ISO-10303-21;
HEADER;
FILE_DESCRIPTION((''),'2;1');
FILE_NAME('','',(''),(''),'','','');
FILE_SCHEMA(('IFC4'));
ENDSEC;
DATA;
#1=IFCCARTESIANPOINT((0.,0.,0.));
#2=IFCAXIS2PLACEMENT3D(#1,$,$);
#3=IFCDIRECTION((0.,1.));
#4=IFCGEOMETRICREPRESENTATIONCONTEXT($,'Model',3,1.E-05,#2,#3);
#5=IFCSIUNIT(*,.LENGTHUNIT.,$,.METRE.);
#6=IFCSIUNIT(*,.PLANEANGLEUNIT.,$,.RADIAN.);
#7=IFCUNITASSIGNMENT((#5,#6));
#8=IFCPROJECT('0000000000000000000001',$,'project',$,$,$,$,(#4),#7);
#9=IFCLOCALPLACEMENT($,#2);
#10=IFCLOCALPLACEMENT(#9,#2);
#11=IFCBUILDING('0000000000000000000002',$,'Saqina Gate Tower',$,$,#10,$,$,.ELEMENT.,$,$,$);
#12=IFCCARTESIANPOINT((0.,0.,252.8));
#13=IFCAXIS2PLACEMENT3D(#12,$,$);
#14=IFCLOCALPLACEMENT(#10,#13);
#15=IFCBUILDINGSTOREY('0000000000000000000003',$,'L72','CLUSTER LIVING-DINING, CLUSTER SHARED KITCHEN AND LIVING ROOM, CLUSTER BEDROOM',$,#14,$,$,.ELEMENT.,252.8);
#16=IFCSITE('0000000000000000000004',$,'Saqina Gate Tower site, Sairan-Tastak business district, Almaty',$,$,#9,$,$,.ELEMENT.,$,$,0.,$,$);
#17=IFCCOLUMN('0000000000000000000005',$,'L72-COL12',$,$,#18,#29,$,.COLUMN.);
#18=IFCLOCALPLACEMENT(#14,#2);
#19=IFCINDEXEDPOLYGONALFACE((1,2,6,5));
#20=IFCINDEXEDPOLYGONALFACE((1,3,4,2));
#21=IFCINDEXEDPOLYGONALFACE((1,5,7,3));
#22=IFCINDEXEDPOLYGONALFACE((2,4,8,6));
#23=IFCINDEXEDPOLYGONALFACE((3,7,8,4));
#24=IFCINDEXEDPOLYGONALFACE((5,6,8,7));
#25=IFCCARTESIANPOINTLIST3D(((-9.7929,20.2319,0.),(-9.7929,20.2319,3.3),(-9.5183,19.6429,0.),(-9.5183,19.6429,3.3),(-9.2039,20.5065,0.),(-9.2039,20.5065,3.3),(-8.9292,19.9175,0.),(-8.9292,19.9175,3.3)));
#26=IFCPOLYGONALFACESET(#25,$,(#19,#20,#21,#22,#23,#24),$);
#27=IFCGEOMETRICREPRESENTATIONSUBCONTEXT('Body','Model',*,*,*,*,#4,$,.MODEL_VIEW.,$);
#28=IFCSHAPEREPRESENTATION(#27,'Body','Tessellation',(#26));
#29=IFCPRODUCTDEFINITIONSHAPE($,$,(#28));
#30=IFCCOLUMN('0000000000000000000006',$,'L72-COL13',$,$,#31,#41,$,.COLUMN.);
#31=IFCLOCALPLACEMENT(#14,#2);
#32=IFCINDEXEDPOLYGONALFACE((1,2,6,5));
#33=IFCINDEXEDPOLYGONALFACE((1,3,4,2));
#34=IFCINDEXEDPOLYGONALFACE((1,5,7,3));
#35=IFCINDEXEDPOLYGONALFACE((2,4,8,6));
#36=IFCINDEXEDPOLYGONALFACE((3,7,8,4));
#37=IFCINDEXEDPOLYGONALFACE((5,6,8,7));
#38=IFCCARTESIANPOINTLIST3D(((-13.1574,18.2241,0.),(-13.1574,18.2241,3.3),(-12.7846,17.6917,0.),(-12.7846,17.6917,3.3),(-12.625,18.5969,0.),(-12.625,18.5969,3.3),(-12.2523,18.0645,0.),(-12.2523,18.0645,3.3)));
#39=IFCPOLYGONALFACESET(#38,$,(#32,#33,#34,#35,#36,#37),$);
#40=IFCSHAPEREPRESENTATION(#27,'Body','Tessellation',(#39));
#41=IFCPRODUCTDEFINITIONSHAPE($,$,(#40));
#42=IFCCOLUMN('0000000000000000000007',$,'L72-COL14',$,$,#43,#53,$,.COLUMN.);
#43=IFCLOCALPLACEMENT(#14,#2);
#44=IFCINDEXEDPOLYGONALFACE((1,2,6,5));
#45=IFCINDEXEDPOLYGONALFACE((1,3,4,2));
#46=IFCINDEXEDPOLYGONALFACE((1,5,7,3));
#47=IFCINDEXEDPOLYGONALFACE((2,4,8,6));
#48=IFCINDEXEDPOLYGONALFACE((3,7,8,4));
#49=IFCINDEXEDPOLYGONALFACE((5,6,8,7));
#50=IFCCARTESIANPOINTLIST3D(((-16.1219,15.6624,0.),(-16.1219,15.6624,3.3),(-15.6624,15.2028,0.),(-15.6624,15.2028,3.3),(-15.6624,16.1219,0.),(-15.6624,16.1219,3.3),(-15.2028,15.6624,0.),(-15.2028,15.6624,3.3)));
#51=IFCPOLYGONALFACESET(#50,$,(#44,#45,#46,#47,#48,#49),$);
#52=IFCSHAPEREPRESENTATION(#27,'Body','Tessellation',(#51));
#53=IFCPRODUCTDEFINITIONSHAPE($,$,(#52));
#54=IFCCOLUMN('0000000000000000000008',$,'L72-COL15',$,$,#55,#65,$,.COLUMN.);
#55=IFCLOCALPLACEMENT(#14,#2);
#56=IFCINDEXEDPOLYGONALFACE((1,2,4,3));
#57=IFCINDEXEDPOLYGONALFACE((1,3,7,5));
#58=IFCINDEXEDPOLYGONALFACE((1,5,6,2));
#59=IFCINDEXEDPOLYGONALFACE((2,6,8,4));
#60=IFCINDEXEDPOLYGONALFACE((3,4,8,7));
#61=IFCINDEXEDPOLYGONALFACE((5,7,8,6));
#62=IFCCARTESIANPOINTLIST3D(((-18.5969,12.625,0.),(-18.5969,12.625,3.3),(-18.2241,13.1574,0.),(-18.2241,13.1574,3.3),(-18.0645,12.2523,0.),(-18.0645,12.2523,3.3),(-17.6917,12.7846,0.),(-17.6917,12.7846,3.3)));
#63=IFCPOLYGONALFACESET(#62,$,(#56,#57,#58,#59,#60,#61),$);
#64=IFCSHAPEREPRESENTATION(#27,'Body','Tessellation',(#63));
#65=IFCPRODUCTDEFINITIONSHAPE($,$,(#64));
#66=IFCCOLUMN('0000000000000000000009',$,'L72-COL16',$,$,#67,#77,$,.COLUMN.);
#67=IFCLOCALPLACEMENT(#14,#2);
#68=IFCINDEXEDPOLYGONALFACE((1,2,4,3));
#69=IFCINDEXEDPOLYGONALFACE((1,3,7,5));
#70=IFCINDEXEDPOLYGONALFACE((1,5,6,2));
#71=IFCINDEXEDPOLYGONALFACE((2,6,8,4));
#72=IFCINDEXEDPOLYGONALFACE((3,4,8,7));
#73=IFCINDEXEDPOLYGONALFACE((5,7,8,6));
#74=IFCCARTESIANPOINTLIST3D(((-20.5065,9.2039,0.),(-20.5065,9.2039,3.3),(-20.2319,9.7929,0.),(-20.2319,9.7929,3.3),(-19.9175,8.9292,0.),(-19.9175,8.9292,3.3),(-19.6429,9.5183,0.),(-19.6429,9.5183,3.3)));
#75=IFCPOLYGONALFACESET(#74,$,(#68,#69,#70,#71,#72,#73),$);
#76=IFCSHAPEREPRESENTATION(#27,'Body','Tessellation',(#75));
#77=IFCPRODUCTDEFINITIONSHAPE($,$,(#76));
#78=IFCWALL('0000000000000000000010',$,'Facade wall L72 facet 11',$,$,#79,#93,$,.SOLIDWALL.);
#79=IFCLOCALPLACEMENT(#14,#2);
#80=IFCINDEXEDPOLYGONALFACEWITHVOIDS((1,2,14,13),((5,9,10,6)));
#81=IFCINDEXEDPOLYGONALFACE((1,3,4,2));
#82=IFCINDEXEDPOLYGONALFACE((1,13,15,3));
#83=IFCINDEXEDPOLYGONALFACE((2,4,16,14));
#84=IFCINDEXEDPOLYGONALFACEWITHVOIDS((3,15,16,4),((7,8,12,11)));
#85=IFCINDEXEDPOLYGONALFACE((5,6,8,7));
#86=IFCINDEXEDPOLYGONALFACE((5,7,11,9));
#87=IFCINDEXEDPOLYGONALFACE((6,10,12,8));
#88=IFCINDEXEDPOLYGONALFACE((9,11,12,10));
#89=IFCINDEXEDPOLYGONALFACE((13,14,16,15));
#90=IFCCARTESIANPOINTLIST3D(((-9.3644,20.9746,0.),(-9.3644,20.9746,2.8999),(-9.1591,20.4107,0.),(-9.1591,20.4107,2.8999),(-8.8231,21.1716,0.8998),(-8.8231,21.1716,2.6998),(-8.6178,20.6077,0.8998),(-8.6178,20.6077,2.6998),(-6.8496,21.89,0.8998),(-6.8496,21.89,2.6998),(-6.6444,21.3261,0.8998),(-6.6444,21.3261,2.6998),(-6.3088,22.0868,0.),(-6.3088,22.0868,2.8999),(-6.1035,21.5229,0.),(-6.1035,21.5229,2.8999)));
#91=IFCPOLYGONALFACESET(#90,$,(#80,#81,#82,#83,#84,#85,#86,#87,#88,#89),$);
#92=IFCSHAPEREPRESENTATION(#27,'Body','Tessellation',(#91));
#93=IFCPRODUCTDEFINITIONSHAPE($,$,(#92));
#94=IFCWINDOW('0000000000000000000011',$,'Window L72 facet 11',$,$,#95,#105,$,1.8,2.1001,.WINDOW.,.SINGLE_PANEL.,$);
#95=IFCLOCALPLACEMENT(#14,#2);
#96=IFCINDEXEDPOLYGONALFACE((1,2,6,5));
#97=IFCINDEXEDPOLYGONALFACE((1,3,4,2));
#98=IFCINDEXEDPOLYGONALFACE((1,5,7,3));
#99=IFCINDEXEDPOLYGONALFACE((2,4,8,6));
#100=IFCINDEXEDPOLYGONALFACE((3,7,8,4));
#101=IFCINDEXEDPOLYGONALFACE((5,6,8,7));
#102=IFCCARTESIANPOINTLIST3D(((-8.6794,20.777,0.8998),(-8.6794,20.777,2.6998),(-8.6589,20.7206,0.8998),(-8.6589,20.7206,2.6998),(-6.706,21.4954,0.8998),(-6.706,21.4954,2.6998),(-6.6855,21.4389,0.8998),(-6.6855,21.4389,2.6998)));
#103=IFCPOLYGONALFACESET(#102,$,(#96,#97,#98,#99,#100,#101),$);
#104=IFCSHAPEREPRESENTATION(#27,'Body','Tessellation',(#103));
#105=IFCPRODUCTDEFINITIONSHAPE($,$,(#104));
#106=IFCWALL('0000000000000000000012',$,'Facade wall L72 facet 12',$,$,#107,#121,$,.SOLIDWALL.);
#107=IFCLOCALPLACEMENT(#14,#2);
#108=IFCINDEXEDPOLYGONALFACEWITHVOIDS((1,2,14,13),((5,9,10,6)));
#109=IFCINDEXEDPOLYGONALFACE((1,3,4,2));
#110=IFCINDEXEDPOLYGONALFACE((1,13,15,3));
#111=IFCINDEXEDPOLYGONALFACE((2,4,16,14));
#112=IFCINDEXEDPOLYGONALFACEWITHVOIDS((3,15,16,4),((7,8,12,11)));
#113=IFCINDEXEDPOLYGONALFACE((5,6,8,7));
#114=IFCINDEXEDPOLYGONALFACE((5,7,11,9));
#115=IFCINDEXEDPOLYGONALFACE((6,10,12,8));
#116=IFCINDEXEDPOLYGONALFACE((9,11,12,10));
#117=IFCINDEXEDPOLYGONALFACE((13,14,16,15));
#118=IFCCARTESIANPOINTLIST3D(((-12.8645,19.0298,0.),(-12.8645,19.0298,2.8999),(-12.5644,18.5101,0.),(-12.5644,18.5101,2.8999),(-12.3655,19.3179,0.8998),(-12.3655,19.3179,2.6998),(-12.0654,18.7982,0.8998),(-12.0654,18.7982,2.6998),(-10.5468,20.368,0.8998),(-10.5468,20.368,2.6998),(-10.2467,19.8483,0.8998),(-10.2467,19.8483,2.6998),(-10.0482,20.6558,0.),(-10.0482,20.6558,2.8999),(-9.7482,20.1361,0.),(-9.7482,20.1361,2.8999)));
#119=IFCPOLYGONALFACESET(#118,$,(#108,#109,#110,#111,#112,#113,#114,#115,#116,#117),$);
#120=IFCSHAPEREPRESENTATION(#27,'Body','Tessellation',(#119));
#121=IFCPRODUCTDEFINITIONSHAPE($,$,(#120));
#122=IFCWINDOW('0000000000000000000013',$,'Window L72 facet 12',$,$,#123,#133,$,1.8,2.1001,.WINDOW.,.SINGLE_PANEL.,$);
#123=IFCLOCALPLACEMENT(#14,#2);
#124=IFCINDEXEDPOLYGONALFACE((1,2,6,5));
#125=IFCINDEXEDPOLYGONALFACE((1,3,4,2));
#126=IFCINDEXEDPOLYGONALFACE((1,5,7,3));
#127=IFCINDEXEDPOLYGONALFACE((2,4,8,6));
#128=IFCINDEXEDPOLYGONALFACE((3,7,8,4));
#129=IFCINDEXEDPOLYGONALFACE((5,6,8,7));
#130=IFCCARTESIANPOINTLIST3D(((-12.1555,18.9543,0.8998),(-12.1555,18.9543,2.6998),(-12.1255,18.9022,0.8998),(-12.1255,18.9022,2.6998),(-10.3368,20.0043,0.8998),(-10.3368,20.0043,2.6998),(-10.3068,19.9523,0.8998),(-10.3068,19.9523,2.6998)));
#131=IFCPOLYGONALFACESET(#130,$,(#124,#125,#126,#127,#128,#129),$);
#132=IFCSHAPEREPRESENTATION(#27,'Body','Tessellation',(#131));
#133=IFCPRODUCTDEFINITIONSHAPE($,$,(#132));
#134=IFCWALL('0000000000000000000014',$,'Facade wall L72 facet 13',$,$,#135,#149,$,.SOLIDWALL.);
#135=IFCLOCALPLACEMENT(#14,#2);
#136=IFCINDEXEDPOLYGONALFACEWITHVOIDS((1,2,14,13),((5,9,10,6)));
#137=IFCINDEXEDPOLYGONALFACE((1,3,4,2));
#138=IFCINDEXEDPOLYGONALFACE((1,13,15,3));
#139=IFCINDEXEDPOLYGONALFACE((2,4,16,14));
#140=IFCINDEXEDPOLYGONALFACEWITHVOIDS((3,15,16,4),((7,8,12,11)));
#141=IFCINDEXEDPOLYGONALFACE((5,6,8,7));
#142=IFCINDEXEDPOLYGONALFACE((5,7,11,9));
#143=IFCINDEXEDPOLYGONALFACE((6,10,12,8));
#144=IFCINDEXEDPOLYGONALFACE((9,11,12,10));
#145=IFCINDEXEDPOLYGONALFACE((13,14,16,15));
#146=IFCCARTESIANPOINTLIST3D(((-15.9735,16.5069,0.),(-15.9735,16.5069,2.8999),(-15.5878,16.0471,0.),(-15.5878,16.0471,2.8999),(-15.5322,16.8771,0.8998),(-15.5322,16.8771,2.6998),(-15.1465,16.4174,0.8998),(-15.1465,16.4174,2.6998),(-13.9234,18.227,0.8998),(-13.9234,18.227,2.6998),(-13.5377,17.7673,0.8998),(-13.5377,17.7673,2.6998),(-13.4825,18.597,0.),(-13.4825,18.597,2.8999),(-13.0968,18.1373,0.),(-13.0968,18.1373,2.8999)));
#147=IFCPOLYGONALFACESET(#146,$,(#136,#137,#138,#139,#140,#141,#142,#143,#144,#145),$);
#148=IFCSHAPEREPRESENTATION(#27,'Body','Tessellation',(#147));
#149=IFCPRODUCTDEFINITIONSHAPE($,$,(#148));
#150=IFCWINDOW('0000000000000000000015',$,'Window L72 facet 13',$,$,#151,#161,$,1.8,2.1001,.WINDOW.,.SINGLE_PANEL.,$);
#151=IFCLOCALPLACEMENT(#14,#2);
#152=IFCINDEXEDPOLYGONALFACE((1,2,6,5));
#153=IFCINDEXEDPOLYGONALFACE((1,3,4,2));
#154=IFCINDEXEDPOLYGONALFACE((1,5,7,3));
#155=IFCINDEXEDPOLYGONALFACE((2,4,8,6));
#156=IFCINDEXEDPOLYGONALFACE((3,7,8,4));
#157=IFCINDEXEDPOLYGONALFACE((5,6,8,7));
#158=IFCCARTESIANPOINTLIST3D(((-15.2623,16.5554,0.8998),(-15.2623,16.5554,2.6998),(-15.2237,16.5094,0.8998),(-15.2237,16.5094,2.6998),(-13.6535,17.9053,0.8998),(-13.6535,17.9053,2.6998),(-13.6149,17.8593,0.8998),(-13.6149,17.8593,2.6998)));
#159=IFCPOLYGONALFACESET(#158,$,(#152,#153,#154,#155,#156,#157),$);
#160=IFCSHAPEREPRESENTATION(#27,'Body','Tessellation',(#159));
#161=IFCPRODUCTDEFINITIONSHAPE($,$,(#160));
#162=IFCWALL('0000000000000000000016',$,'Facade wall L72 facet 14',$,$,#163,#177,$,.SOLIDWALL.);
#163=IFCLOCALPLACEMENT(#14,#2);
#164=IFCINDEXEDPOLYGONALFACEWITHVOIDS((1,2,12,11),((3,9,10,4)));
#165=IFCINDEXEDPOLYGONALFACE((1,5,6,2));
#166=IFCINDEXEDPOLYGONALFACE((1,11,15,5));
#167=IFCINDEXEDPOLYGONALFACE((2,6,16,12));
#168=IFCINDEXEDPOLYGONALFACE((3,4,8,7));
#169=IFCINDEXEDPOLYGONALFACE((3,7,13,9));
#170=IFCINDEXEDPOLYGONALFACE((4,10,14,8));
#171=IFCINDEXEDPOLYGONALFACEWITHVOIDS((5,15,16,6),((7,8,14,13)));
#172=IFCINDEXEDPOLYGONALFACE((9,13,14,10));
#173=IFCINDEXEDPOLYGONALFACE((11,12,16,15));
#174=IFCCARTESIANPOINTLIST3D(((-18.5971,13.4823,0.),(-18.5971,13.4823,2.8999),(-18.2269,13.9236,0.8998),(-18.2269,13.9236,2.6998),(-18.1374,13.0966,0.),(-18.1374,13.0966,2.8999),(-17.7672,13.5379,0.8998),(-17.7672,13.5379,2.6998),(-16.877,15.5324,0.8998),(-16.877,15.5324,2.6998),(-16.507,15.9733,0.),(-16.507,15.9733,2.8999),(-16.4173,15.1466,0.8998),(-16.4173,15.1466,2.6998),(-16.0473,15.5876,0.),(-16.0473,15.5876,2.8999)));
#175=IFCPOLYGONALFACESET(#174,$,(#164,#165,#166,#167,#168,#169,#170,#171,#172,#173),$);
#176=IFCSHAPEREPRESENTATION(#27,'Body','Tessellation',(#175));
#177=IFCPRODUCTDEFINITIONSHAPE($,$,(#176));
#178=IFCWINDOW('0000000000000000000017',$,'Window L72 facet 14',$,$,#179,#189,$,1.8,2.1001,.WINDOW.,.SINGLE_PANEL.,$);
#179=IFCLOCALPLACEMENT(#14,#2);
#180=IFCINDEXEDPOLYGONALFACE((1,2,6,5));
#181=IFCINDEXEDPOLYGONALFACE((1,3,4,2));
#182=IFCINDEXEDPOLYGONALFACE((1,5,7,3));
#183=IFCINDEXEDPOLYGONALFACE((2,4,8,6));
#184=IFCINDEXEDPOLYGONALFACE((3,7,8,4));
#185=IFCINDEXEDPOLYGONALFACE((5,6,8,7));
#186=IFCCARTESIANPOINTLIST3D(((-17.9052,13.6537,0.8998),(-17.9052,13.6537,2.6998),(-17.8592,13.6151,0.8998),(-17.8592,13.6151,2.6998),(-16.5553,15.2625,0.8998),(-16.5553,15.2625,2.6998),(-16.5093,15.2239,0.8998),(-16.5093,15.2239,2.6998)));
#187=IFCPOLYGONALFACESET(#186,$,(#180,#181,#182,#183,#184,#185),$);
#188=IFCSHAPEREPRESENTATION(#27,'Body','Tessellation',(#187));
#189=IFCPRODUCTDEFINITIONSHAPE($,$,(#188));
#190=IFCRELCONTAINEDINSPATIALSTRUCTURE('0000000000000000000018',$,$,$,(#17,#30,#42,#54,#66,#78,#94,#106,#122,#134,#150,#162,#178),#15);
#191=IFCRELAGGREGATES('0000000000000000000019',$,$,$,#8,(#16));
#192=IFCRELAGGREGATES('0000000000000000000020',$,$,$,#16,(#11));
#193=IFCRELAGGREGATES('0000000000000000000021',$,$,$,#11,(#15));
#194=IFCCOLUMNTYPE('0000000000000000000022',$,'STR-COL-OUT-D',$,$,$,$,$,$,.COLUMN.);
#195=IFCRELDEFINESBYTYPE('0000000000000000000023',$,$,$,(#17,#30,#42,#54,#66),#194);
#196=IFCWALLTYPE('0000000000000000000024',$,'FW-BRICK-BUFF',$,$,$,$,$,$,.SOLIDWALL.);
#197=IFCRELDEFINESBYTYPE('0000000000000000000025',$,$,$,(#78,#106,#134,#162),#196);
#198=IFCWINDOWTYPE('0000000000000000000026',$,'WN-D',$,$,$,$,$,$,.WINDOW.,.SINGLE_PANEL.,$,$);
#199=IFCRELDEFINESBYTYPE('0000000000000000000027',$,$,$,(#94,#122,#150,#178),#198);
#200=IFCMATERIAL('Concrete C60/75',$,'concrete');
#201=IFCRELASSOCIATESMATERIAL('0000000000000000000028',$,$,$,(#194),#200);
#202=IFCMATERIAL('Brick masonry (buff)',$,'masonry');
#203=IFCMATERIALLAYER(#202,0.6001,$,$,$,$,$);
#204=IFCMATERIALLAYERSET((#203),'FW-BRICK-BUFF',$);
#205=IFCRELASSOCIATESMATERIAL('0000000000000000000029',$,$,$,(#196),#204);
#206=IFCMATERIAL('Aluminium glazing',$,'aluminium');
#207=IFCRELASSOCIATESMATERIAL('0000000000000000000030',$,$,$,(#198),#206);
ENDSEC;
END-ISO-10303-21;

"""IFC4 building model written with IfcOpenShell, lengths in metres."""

from ifc_helpers import new_model, si_unit, direction, frame, frame_2d, origin, origin_2d, place, context, subcontext, project, spatial, rectangle, extrude, material, layer, layer_set, material_profile, profile_set, type_object, element, fill, save


model = new_model("IFC4")

# Units and contexts
model_context = context("Model", 3, precision=1e-05, world=origin(), true_north=direction((0.0, 1.0)))
body_context = subcontext(model_context, "Body", "Model", "MODEL_VIEW")
ifc_project = project(units=[si_unit("LENGTHUNIT", "METRE"), si_unit("PLANEANGLEUNIT", "RADIAN")], contexts=[model_context])

# Site, building, storey
site_placement = place(None, origin())
site = spatial("IfcSite", under=ifc_project, at=site_placement, Name="Saqina Gate Tower site, Sairan-Tastak business district, Almaty", CompositionType="ELEMENT", RefElevation=0.0)
building_placement = place(site_placement, origin())
building = spatial("IfcBuilding", under=site, at=building_placement, Name="Saqina Gate Tower", CompositionType="ELEMENT")
storey_placement = place(building_placement, frame((0.0, 0.0, 252.8)))
storey = spatial("IfcBuildingStorey", under=building, at=storey_placement, Name="L72", Description="CLUSTER LIVING-DINING, CLUSTER SHARED KITCHEN AND LIVING ROOM, CLUSTER BEDROOM", CompositionType="ELEMENT", Elevation=252.8)

# Columns
ifc_material_1 = material(Name="Concrete C60/75", Category="concrete")
ifc_material_profile = material_profile(ifc_material_1, rectangle(XDim=0.6499, YDim=0.6499, at=origin_2d()), Name="RC 650x650")
ifc_profile_set = profile_set([ifc_material_profile], Name="Concrete C60/75")
column_type = type_object("IfcColumnType", Name="STR-COL-OUT-D", PredefinedType="COLUMN", material=ifc_profile_set)
for number, where, z_axis, x_axis, name in (
    (1, (-9.3611, 20.0747, 0.0), (0.0, 0.0, 1.0), (-0.422618, 0.906308, 0.0), "L72-COL12"),
    (2, (-12.7048, 18.1443, 0.0), (0.0, 0.0, 1.0), (-0.573576, 0.819152, 0.0), "L72-COL13"),
    (3, (-15.6624, 15.6624, 0.0), (0.0, 0.0, 1.0), (-0.707107, 0.707107, 0.0), "L72-COL14"),
    (4, (-18.1443, 12.7048, 0.0), (0.0, 0.0, 1.0), (-0.819152, 0.573576, 0.0), "L72-COL15"),
    (5, (-20.0747, 9.3611, 0.0), (0.0, 0.0, 1.0), (-0.906308, 0.422618, 0.0), "L72-COL16"),
):
    element("IfcColumn", number, at=place(storey_placement, frame(where, z_axis=z_axis, x_axis=x_axis)), inside=storey, type_object=column_type, Name=name, PredefinedType="COLUMN", context=body_context, shape_type="SweptSolid", body=[
        extrude(rectangle(XDim=0.6499, YDim=0.6499, at=origin_2d()), origin(), (0.0, 0.0, 1.0), 3.3),
    ])

# Walls, openings, windows
ifc_material_2 = material(Name="Brick masonry (buff)", Category="masonry")
ifc_layer_1 = layer(ifc_material_2, 0.6001)
ifc_layer_set_1 = layer_set([ifc_layer_1], Name="FW-BRICK-BUFF")
wall_type_1 = type_object("IfcWallType", Name="FW-BRICK-BUFF", PredefinedType="SOLIDWALL", material=ifc_layer_set_1)
wall_1_placement = place(storey_placement, frame((-6.2061, 21.8049, 0.0), z_axis=(0.0, 0.0, 1.0), x_axis=(-0.939679, -0.342057, 0.0)))
wall_1 = element("IfcWall", 6, at=wall_1_placement, inside=storey, type_object=wall_type_1, Name="Facade wall L72 facet 11", PredefinedType="SOLIDWALL", context=body_context, shape_type="SweptSolid", body=[
    extrude(rectangle(XDim=3.2517, YDim=0.6001, at=frame_2d((1.626, 0.0))), origin(), (0.0, 0.0, 1.0), 2.8999),
])
opening_1_placement = place(wall_1_placement, frame((0.5757, 0.0, 0.8999)))
opening_1 = element("IfcOpeningElement", 7, at=opening_1_placement, cuts=wall_1, PredefinedType="OPENING", context=body_context, shape_type="SweptSolid", body=[
    extrude(rectangle(XDim=2.1001, YDim=1.8, at=frame_2d((1.05, 0.8999))), frame((0.0, 0.312, 0.0), z_axis=(0.0, -1.0, 0.0), x_axis=(1.0, 0.0, 0.0)), (0.0, 0.0, 1.0), 0.624),
])
ifc_material_3 = material(Name="Aluminium glazing", Category="aluminium")
window_type = type_object("IfcWindowType", Name="WN-D", PartitioningType="SINGLE_PANEL", PredefinedType="WINDOW", material=ifc_material_3)
window_1_placement = place(opening_1_placement, origin())
window_1 = element("IfcWindow", 8, at=window_1_placement, inside=storey, type_object=window_type, Name="Window L72 facet 11", OverallHeight=1.8, OverallWidth=2.1001, PartitioningType="SINGLE_PANEL", PredefinedType="WINDOW", context=body_context, shape_type="SweptSolid", body=[
    extrude(rectangle(XDim=2.1001, YDim=1.8, at=frame_2d((1.05, 0.8999))), frame((0.0, 0.1799, 0.0), z_axis=(0.0, -1.0, 0.0), x_axis=(1.0, 0.0, 0.0)), (0.0, 0.0, 1.0), 0.0601),
])
fill(opening_1, window_1)
wall_2_placement = place(storey_placement, frame((-9.8982, 20.396, 0.0), z_axis=(0.0, 0.0, 1.0), x_axis=(-0.866017, -0.500015, 0.0)))
wall_2 = element("IfcWall", 9, at=wall_2_placement, inside=storey, type_object=wall_type_1, Name="Facade wall L72 facet 12", PredefinedType="SOLIDWALL", context=body_context, shape_type="SweptSolid", body=[
    extrude(rectangle(XDim=3.252, YDim=0.6001, at=frame_2d((1.626, 0.0))), origin(), (0.0, 0.0, 1.0), 2.8999),
])
opening_2_placement = place(wall_2_placement, frame((0.5757, 0.0, 0.8999)))
opening_2 = element("IfcOpeningElement", 10, at=opening_2_placement, cuts=wall_2, PredefinedType="OPENING", context=body_context, shape_type="SweptSolid", body=[
    extrude(rectangle(XDim=2.1001, YDim=1.8, at=frame_2d((1.05, 0.8999))), frame((0.0, 0.312, 0.0), z_axis=(0.0, -1.0, 0.0), x_axis=(1.0, 0.0, 0.0)), (0.0, 0.0, 1.0), 0.624),
])
window_2_placement = place(opening_2_placement, origin())
window_2 = element("IfcWindow", 11, at=window_2_placement, inside=storey, type_object=window_type, Name="Window L72 facet 12", OverallHeight=1.8, OverallWidth=2.1001, PartitioningType="SINGLE_PANEL", PredefinedType="WINDOW", context=body_context, shape_type="SweptSolid", body=[
    extrude(rectangle(XDim=2.1001, YDim=1.8, at=frame_2d((1.05, 0.8999))), frame((0.0, 0.1799, 0.0), z_axis=(0.0, -1.0, 0.0), x_axis=(1.0, 0.0, 0.0)), (0.0, 0.0, 1.0), 0.0601),
])
fill(opening_2, window_2)
wall_3_placement = place(storey_placement, frame((-13.2896, 18.3672, 0.0), z_axis=(0.0, 0.0, 1.0), x_axis=(-0.766057, -0.642773, 0.0)))
wall_3 = element("IfcWall", 12, at=wall_3_placement, inside=storey, type_object=wall_type_1, Name="Facade wall L72 facet 13", PredefinedType="SOLIDWALL", context=body_context, shape_type="SweptSolid", body=[
    extrude(rectangle(XDim=3.2517, YDim=0.6001, at=frame_2d((1.626, 0.0))), origin(), (0.0, 0.0, 1.0), 2.8999),
])
opening_3_placement = place(wall_3_placement, frame((0.5757, 0.0, 0.8999)))
opening_3 = element("IfcOpeningElement", 13, at=opening_3_placement, cuts=wall_3, PredefinedType="OPENING", context=body_context, shape_type="SweptSolid", body=[
    extrude(rectangle(XDim=2.1001, YDim=1.8, at=frame_2d((1.05, 0.8999))), frame((0.0, 0.312, 0.0), z_axis=(0.0, -1.0, 0.0), x_axis=(1.0, 0.0, 0.0)), (0.0, 0.0, 1.0), 0.624),
])
window_3_placement = place(opening_3_placement, origin())
window_3 = element("IfcWindow", 14, at=window_3_placement, inside=storey, type_object=window_type, Name="Window L72 facet 13", OverallHeight=1.8, OverallWidth=2.1001, PartitioningType="SINGLE_PANEL", PredefinedType="WINDOW", context=body_context, shape_type="SweptSolid", body=[
    extrude(rectangle(XDim=2.1001, YDim=1.8, at=frame_2d((1.05, 0.8999))), frame((0.0, 0.1799, 0.0), z_axis=(0.0, -1.0, 0.0), x_axis=(1.0, 0.0, 0.0)), (0.0, 0.0, 1.0), 0.0601),
])
fill(opening_3, window_3)
wall_4_placement = place(storey_placement, frame((-16.2771, 15.7805, 0.0), z_axis=(0.0, 0.0, 1.0), x_axis=(-0.642773, -0.766057, 0.0)))
wall_4 = element("IfcWall", 15, at=wall_4_placement, inside=storey, type_object=wall_type_1, Name="Facade wall L72 facet 14", PredefinedType="SOLIDWALL", context=body_context, shape_type="SweptSolid", body=[
    extrude(rectangle(XDim=3.2517, YDim=0.6001, at=frame_2d((1.626, 0.0))), origin(), (0.0, 0.0, 1.0), 2.8999),
])
opening_4_placement = place(wall_4_placement, frame((0.5757, 0.0, 0.8999)))
opening_4 = element("IfcOpeningElement", 16, at=opening_4_placement, cuts=wall_4, PredefinedType="OPENING", context=body_context, shape_type="SweptSolid", body=[
    extrude(rectangle(XDim=2.1001, YDim=1.8, at=frame_2d((1.05, 0.8999))), frame((0.0, 0.312, 0.0), z_axis=(0.0, -1.0, 0.0), x_axis=(1.0, 0.0, 0.0)), (0.0, 0.0, 1.0), 0.624),
])
window_4_placement = place(opening_4_placement, origin())
window_4 = element("IfcWindow", 17, at=window_4_placement, inside=storey, type_object=window_type, Name="Window L72 facet 14", OverallHeight=1.8, OverallWidth=2.1001, PartitioningType="SINGLE_PANEL", PredefinedType="WINDOW", context=body_context, shape_type="SweptSolid", body=[
    extrude(rectangle(XDim=2.1001, YDim=1.8, at=frame_2d((1.05, 0.8999))), frame((0.0, 0.1799, 0.0), z_axis=(0.0, -1.0, 0.0), x_axis=(1.0, 0.0, 0.0)), (0.0, 0.0, 1.0), 0.0601),
])
fill(opening_4, window_4)

save(model, "model.ifc")
